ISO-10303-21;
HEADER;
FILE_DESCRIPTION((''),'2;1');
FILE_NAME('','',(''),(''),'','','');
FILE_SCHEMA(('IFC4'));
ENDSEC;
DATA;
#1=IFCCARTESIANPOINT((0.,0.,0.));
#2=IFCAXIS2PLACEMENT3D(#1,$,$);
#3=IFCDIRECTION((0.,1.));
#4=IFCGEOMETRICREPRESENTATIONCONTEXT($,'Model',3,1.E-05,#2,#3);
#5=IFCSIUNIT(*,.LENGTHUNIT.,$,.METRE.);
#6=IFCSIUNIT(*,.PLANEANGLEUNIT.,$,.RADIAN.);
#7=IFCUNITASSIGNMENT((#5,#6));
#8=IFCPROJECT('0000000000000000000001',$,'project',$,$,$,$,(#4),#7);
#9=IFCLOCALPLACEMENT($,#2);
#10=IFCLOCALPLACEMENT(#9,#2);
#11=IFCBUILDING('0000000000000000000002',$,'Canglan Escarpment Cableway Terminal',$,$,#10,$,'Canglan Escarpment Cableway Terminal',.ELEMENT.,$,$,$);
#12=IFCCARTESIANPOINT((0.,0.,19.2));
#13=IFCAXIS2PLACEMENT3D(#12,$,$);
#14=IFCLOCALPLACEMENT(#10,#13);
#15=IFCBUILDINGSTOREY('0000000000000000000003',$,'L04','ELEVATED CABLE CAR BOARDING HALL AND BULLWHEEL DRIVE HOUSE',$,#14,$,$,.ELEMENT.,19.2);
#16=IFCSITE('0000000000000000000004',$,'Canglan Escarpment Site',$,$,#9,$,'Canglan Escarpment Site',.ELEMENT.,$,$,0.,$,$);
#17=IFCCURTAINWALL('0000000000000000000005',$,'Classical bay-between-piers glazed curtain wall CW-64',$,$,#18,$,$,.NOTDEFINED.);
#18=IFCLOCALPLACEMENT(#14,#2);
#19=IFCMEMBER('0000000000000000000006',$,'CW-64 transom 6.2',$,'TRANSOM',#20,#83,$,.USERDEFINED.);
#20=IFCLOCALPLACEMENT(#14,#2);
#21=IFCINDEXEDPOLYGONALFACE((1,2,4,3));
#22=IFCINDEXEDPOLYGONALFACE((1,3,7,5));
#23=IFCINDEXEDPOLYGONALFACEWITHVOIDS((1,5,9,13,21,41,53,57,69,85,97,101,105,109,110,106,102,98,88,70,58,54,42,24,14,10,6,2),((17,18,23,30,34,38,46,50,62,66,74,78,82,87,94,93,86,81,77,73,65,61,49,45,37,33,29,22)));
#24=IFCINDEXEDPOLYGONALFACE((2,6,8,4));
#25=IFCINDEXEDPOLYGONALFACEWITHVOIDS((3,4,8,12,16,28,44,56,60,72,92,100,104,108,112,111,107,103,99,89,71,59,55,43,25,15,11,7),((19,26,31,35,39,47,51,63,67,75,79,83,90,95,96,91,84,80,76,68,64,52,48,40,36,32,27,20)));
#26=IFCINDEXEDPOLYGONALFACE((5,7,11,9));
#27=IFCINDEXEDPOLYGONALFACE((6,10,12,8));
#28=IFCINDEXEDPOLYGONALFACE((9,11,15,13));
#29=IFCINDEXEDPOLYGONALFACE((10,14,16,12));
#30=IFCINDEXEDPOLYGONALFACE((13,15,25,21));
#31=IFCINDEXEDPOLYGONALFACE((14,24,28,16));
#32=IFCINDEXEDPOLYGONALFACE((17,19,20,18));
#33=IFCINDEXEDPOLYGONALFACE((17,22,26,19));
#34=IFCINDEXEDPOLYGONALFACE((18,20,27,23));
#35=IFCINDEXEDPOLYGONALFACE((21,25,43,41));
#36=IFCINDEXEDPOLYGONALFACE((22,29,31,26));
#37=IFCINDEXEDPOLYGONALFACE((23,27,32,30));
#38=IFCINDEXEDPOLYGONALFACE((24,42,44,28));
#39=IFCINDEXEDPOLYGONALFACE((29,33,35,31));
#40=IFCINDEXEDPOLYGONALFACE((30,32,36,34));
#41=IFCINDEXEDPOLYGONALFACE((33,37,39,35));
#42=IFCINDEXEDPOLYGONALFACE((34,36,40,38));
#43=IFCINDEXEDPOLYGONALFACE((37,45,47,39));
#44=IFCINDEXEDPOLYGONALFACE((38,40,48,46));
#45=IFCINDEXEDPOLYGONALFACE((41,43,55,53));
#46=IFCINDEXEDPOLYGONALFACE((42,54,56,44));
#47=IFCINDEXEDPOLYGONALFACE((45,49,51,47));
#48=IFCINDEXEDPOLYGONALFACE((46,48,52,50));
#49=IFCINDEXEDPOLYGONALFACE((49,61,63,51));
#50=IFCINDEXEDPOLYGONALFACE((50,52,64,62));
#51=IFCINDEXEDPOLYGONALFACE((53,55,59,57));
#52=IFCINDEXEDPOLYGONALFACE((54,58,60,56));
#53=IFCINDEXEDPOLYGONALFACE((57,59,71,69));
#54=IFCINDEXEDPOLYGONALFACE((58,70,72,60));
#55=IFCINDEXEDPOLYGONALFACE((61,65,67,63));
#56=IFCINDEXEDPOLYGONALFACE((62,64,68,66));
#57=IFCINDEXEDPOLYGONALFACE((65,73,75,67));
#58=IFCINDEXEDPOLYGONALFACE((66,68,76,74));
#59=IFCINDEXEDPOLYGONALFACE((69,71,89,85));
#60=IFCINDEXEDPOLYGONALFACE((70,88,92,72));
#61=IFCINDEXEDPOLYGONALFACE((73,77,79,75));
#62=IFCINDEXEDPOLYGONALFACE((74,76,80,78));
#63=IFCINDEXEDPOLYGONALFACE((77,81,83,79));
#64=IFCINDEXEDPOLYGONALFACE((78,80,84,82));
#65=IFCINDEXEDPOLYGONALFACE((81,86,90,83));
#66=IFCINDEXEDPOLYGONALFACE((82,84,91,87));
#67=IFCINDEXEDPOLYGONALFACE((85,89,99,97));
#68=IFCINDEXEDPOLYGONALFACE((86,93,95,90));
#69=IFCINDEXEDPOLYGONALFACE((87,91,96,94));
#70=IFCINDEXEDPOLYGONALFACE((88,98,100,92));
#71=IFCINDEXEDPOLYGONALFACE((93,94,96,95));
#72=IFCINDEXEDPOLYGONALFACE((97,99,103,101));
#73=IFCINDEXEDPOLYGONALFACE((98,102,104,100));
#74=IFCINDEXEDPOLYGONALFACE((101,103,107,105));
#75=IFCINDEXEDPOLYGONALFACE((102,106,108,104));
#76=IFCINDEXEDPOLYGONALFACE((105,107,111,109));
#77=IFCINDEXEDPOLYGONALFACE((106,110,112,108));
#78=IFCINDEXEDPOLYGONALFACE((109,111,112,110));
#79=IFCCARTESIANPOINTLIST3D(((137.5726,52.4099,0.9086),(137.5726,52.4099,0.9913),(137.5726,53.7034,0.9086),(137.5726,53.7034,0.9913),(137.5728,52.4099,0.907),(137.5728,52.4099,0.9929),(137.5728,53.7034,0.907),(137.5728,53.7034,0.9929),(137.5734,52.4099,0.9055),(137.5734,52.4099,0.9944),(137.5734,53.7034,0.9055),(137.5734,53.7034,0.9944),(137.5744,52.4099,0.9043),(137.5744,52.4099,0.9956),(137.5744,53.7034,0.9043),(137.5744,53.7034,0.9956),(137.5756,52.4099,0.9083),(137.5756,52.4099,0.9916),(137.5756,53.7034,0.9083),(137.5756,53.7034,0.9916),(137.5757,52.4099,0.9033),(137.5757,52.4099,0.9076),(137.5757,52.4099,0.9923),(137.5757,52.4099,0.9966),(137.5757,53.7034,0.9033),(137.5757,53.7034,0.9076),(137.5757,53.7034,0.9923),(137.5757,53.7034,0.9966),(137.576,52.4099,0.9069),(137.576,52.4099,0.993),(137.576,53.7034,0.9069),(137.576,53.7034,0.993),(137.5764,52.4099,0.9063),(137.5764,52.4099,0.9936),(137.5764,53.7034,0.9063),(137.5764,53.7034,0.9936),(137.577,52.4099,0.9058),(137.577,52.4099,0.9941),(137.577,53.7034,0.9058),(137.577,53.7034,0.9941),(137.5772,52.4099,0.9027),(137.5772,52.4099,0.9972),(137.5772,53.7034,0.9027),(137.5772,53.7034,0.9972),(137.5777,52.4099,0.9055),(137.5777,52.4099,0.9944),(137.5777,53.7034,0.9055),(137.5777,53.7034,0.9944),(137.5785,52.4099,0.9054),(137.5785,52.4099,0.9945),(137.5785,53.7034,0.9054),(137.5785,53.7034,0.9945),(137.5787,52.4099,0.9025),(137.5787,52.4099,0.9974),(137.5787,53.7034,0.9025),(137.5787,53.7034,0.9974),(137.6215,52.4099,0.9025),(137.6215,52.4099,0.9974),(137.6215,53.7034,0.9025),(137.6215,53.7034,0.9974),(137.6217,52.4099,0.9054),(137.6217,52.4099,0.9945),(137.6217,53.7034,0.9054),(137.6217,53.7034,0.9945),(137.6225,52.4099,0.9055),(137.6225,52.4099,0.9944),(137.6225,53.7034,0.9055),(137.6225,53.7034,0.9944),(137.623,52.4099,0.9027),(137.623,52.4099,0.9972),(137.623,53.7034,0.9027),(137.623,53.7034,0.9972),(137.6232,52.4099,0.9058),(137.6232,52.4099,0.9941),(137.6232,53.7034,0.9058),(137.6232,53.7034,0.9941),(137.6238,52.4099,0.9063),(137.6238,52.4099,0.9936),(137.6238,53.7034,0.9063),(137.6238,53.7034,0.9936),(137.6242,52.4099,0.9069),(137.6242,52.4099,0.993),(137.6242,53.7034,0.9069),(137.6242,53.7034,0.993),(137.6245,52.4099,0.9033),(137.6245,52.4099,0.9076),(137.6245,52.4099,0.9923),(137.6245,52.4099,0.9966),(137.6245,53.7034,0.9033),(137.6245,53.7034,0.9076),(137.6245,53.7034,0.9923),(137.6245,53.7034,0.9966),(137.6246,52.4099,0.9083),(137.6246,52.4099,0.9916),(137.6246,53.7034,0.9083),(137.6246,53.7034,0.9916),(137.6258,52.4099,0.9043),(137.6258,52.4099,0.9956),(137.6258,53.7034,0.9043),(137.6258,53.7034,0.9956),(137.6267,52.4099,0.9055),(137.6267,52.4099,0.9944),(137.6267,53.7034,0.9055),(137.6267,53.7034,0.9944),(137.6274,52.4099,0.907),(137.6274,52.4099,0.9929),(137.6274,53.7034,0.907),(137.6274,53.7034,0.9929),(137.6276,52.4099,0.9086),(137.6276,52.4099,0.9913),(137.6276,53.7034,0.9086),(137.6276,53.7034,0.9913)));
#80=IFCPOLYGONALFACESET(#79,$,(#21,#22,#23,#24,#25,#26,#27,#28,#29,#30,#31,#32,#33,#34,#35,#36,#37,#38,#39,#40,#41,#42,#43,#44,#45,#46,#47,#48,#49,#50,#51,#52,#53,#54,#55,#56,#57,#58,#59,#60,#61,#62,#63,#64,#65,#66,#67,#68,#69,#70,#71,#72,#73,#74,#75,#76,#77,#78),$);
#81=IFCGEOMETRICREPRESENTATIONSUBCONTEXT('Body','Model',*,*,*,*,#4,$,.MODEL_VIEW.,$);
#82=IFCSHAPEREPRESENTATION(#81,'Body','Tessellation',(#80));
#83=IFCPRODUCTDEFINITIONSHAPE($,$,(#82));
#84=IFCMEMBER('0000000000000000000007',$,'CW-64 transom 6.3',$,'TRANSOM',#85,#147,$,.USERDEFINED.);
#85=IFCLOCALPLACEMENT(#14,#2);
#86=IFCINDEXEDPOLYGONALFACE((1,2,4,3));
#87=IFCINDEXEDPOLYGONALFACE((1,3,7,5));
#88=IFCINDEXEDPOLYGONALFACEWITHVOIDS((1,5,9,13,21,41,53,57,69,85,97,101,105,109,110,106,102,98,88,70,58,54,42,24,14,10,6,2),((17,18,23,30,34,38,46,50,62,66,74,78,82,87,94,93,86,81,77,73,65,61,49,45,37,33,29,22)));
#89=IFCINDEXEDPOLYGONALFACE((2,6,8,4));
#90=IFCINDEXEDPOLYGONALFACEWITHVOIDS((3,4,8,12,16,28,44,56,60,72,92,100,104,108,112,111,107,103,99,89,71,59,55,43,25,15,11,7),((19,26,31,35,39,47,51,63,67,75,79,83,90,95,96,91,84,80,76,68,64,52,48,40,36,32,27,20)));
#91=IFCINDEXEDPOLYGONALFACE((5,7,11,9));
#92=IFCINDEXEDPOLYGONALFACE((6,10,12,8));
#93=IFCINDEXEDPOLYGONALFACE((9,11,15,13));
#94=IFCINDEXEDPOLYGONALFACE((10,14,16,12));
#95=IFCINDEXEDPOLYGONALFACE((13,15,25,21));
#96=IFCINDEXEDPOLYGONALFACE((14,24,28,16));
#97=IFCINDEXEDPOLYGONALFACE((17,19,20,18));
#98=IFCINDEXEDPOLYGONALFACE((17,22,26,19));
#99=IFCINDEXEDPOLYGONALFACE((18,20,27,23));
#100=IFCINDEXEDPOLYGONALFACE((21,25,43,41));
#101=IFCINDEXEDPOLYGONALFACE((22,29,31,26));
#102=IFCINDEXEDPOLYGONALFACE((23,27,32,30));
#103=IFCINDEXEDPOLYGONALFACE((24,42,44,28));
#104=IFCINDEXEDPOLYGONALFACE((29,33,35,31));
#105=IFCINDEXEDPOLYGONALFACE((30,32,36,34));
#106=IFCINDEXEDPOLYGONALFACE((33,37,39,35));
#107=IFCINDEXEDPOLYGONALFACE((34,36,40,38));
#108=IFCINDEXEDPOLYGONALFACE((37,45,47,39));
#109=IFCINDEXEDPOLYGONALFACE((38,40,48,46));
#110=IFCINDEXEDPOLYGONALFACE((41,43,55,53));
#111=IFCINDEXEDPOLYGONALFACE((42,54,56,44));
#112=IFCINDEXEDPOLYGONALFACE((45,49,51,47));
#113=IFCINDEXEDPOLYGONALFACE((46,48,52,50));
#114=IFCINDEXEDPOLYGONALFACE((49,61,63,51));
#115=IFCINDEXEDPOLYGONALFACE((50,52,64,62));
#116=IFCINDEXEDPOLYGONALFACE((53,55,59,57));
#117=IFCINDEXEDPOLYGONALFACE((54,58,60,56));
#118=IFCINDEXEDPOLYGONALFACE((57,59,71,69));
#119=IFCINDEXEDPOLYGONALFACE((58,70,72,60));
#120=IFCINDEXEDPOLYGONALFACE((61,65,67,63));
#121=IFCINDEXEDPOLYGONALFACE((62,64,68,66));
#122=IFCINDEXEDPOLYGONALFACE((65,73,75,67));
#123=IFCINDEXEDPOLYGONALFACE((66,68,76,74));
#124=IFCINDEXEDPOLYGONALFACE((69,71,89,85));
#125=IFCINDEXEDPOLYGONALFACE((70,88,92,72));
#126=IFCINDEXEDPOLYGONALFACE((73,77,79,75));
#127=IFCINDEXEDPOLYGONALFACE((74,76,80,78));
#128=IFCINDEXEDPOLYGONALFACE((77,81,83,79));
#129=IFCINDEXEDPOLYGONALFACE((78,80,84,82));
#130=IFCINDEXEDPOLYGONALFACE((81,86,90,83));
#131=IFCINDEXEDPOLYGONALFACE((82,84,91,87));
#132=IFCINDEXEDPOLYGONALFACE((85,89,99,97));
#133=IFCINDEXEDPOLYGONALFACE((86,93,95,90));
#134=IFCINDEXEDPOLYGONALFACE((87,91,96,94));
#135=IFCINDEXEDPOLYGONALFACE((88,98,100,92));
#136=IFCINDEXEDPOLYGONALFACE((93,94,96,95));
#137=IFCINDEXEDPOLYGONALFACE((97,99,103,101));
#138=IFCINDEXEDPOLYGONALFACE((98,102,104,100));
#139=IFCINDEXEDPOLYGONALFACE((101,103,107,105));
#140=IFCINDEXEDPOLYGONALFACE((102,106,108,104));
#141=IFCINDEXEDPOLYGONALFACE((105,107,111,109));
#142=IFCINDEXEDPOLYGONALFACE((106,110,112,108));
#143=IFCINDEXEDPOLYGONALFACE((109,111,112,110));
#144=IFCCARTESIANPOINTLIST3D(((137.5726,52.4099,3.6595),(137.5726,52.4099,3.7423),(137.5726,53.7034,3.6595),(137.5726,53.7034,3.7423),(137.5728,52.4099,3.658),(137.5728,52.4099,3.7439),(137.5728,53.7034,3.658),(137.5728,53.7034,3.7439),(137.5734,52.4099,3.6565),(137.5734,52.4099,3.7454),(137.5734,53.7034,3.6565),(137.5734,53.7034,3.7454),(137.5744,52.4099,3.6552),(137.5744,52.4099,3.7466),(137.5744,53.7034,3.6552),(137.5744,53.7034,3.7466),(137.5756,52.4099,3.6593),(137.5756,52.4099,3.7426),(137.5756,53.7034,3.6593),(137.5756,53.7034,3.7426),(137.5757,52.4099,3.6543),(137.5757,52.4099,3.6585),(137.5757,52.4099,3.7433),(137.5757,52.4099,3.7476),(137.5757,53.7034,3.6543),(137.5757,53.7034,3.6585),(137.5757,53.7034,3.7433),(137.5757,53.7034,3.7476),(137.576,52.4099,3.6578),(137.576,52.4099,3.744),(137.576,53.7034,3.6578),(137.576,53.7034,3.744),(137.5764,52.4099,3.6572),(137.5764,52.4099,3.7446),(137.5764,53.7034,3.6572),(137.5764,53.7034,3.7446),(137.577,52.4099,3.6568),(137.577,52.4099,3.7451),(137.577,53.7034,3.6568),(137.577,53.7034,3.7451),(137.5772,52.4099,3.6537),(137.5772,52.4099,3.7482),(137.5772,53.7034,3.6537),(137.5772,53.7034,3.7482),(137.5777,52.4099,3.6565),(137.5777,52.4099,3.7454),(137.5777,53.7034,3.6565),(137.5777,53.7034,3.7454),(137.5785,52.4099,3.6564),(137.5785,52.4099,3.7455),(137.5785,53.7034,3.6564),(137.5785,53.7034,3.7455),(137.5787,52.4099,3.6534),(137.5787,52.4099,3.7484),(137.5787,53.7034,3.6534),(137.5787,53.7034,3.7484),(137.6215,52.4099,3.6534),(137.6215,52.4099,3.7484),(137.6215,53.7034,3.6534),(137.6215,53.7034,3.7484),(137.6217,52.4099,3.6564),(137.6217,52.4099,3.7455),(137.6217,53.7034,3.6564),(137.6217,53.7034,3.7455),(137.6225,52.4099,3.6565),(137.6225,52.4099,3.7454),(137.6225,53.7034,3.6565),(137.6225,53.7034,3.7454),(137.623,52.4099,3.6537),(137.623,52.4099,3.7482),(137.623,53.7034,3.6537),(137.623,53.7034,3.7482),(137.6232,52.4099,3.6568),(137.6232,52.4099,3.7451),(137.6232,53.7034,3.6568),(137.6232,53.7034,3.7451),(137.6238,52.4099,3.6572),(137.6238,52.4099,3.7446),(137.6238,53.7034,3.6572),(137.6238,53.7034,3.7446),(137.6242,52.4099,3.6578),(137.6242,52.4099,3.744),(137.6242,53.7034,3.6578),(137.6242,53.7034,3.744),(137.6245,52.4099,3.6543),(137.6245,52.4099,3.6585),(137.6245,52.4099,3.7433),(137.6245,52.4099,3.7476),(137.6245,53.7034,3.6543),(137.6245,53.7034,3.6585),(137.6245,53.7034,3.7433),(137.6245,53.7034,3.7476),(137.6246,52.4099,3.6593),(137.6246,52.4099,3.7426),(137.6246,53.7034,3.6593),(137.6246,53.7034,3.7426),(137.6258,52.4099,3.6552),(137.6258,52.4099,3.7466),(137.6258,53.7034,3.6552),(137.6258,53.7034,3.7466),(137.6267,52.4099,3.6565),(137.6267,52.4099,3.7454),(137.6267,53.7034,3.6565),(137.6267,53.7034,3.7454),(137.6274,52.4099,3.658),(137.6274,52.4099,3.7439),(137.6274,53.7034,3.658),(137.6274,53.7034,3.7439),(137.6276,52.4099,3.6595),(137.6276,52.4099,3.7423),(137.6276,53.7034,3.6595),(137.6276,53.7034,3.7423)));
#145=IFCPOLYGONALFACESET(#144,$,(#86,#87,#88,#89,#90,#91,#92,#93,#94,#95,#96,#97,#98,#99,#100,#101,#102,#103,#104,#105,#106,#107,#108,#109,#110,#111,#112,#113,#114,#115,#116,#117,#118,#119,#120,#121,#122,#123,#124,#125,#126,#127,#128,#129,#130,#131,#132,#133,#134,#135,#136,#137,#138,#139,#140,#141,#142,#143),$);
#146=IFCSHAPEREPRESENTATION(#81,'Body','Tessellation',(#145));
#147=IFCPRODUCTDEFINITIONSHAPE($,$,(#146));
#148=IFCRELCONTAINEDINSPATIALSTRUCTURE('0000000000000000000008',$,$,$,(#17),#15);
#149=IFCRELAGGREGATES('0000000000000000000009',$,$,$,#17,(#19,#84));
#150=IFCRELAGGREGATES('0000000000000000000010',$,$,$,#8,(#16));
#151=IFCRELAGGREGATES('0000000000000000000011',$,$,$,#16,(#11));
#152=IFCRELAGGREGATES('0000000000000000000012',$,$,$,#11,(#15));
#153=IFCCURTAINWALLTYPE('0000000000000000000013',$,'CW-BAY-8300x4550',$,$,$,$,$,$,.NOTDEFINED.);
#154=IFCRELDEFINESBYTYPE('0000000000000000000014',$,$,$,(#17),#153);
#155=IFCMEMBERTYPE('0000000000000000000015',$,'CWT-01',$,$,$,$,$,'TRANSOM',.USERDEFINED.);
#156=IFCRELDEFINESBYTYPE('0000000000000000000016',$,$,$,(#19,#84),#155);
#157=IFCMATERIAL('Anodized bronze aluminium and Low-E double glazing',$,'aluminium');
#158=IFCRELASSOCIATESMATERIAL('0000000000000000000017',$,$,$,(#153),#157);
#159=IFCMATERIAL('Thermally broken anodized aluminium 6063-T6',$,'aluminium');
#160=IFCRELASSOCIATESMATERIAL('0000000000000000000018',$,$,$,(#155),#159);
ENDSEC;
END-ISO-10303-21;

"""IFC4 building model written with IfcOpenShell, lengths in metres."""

from ifc_helpers import new_model, si_unit, direction, frame, origin, origin_2d, place, context, subcontext, project, spatial, hollow_rectangle, extrude, material, material_profile, profile_set, type_object, element, aggregate, save


model = new_model("IFC4")

# Units and contexts
model_context = context("Model", 3, precision=1e-05, world=origin(), true_north=direction((0.0, 1.0)))
body_context = subcontext(model_context, "Body", "Model", "MODEL_VIEW")
ifc_project = project(units=[si_unit("LENGTHUNIT", "METRE"), si_unit("PLANEANGLEUNIT", "RADIAN")], contexts=[model_context])

# Site, building, storey
site_placement = place(None, origin())
site = spatial("IfcSite", under=ifc_project, at=site_placement, Name="Canglan Escarpment Site", LongName="Canglan Escarpment Site", CompositionType="ELEMENT", RefElevation=0.0)
building_placement = place(site_placement, origin())
building = spatial("IfcBuilding", under=site, at=building_placement, Name="Canglan Escarpment Cableway Terminal", LongName="Canglan Escarpment Cableway Terminal", CompositionType="ELEMENT")
storey_placement = place(building_placement, frame((0.0, 0.0, 19.2)))
storey = spatial("IfcBuildingStorey", under=building, at=storey_placement, Name="L04", Description="ELEVATED CABLE CAR BOARDING HALL AND BULLWHEEL DRIVE HOUSE", CompositionType="ELEMENT", Elevation=19.2)

# Curtain wall
ifc_material_1 = material(Name="Anodized bronze aluminium and Low-E double glazing", Category="aluminium")
curtain_wall_type = type_object("IfcCurtainWallType", Name="CW-BAY-8300x4550", PredefinedType="NOTDEFINED", material=ifc_material_1)
curtain_wall_1_placement = place(storey_placement, origin())
curtain_wall_1 = element("IfcCurtainWall", 1, at=curtain_wall_1_placement, inside=storey, type_object=curtain_wall_type, Name="Classical bay-between-piers glazed curtain wall CW-64", PredefinedType="NOTDEFINED")
ifc_material_2 = material(Name="Thermally broken anodized aluminium 6063-T6", Category="aluminium")

# Members
ifc_material_profile_1 = material_profile(ifc_material_2, hollow_rectangle(XDim=0.0549, YDim=0.095, WallThickness=0.0029, InnerFilletRadius=0.0029, OuterFilletRadius=0.0061, at=origin_2d()), Name="ALU-TRAN 55x95x3")
ifc_profile_set_1 = profile_set([ifc_material_profile_1], Name="Thermally broken anodized aluminium 6063-T6")
member_type_1 = type_object("IfcMemberType", Name="CWT-01", ElementType="TRANSOM", PredefinedType="USERDEFINED", material=ifc_profile_set_1)
member_1_placement = place(storey_placement, frame((137.6001, 53.7034, 0.95), z_axis=(0.0, -1.0, 0.0), x_axis=(1.0, 0.0, 0.0)))
member_1 = element("IfcMember", 2, at=member_1_placement, type_object=member_type_1, Name="CW-64 transom 6.2", ObjectType="TRANSOM", PredefinedType="USERDEFINED", context=body_context, shape_type="SweptSolid", body=[
    extrude(hollow_rectangle(XDim=0.0549, YDim=0.095, WallThickness=0.0029, InnerFilletRadius=0.0029, OuterFilletRadius=0.0061, at=origin_2d()), origin(), (0.0, 0.0, 1.0), 1.2935),
])
member_2_placement = place(storey_placement, frame((137.6001, 53.7034, 3.7009), z_axis=(0.0, -1.0, 0.0), x_axis=(1.0, 0.0, 0.0)))
member_2 = element("IfcMember", 3, at=member_2_placement, type_object=member_type_1, Name="CW-64 transom 6.3", ObjectType="TRANSOM", PredefinedType="USERDEFINED", context=body_context, shape_type="SweptSolid", body=[
    extrude(hollow_rectangle(XDim=0.0549, YDim=0.095, WallThickness=0.0029, InnerFilletRadius=0.0029, OuterFilletRadius=0.0061, at=origin_2d()), origin(), (0.0, 0.0, 1.0), 1.2935),
])

aggregate(curtain_wall_1, [member_1, member_2])

save(model, "model.ifc")
